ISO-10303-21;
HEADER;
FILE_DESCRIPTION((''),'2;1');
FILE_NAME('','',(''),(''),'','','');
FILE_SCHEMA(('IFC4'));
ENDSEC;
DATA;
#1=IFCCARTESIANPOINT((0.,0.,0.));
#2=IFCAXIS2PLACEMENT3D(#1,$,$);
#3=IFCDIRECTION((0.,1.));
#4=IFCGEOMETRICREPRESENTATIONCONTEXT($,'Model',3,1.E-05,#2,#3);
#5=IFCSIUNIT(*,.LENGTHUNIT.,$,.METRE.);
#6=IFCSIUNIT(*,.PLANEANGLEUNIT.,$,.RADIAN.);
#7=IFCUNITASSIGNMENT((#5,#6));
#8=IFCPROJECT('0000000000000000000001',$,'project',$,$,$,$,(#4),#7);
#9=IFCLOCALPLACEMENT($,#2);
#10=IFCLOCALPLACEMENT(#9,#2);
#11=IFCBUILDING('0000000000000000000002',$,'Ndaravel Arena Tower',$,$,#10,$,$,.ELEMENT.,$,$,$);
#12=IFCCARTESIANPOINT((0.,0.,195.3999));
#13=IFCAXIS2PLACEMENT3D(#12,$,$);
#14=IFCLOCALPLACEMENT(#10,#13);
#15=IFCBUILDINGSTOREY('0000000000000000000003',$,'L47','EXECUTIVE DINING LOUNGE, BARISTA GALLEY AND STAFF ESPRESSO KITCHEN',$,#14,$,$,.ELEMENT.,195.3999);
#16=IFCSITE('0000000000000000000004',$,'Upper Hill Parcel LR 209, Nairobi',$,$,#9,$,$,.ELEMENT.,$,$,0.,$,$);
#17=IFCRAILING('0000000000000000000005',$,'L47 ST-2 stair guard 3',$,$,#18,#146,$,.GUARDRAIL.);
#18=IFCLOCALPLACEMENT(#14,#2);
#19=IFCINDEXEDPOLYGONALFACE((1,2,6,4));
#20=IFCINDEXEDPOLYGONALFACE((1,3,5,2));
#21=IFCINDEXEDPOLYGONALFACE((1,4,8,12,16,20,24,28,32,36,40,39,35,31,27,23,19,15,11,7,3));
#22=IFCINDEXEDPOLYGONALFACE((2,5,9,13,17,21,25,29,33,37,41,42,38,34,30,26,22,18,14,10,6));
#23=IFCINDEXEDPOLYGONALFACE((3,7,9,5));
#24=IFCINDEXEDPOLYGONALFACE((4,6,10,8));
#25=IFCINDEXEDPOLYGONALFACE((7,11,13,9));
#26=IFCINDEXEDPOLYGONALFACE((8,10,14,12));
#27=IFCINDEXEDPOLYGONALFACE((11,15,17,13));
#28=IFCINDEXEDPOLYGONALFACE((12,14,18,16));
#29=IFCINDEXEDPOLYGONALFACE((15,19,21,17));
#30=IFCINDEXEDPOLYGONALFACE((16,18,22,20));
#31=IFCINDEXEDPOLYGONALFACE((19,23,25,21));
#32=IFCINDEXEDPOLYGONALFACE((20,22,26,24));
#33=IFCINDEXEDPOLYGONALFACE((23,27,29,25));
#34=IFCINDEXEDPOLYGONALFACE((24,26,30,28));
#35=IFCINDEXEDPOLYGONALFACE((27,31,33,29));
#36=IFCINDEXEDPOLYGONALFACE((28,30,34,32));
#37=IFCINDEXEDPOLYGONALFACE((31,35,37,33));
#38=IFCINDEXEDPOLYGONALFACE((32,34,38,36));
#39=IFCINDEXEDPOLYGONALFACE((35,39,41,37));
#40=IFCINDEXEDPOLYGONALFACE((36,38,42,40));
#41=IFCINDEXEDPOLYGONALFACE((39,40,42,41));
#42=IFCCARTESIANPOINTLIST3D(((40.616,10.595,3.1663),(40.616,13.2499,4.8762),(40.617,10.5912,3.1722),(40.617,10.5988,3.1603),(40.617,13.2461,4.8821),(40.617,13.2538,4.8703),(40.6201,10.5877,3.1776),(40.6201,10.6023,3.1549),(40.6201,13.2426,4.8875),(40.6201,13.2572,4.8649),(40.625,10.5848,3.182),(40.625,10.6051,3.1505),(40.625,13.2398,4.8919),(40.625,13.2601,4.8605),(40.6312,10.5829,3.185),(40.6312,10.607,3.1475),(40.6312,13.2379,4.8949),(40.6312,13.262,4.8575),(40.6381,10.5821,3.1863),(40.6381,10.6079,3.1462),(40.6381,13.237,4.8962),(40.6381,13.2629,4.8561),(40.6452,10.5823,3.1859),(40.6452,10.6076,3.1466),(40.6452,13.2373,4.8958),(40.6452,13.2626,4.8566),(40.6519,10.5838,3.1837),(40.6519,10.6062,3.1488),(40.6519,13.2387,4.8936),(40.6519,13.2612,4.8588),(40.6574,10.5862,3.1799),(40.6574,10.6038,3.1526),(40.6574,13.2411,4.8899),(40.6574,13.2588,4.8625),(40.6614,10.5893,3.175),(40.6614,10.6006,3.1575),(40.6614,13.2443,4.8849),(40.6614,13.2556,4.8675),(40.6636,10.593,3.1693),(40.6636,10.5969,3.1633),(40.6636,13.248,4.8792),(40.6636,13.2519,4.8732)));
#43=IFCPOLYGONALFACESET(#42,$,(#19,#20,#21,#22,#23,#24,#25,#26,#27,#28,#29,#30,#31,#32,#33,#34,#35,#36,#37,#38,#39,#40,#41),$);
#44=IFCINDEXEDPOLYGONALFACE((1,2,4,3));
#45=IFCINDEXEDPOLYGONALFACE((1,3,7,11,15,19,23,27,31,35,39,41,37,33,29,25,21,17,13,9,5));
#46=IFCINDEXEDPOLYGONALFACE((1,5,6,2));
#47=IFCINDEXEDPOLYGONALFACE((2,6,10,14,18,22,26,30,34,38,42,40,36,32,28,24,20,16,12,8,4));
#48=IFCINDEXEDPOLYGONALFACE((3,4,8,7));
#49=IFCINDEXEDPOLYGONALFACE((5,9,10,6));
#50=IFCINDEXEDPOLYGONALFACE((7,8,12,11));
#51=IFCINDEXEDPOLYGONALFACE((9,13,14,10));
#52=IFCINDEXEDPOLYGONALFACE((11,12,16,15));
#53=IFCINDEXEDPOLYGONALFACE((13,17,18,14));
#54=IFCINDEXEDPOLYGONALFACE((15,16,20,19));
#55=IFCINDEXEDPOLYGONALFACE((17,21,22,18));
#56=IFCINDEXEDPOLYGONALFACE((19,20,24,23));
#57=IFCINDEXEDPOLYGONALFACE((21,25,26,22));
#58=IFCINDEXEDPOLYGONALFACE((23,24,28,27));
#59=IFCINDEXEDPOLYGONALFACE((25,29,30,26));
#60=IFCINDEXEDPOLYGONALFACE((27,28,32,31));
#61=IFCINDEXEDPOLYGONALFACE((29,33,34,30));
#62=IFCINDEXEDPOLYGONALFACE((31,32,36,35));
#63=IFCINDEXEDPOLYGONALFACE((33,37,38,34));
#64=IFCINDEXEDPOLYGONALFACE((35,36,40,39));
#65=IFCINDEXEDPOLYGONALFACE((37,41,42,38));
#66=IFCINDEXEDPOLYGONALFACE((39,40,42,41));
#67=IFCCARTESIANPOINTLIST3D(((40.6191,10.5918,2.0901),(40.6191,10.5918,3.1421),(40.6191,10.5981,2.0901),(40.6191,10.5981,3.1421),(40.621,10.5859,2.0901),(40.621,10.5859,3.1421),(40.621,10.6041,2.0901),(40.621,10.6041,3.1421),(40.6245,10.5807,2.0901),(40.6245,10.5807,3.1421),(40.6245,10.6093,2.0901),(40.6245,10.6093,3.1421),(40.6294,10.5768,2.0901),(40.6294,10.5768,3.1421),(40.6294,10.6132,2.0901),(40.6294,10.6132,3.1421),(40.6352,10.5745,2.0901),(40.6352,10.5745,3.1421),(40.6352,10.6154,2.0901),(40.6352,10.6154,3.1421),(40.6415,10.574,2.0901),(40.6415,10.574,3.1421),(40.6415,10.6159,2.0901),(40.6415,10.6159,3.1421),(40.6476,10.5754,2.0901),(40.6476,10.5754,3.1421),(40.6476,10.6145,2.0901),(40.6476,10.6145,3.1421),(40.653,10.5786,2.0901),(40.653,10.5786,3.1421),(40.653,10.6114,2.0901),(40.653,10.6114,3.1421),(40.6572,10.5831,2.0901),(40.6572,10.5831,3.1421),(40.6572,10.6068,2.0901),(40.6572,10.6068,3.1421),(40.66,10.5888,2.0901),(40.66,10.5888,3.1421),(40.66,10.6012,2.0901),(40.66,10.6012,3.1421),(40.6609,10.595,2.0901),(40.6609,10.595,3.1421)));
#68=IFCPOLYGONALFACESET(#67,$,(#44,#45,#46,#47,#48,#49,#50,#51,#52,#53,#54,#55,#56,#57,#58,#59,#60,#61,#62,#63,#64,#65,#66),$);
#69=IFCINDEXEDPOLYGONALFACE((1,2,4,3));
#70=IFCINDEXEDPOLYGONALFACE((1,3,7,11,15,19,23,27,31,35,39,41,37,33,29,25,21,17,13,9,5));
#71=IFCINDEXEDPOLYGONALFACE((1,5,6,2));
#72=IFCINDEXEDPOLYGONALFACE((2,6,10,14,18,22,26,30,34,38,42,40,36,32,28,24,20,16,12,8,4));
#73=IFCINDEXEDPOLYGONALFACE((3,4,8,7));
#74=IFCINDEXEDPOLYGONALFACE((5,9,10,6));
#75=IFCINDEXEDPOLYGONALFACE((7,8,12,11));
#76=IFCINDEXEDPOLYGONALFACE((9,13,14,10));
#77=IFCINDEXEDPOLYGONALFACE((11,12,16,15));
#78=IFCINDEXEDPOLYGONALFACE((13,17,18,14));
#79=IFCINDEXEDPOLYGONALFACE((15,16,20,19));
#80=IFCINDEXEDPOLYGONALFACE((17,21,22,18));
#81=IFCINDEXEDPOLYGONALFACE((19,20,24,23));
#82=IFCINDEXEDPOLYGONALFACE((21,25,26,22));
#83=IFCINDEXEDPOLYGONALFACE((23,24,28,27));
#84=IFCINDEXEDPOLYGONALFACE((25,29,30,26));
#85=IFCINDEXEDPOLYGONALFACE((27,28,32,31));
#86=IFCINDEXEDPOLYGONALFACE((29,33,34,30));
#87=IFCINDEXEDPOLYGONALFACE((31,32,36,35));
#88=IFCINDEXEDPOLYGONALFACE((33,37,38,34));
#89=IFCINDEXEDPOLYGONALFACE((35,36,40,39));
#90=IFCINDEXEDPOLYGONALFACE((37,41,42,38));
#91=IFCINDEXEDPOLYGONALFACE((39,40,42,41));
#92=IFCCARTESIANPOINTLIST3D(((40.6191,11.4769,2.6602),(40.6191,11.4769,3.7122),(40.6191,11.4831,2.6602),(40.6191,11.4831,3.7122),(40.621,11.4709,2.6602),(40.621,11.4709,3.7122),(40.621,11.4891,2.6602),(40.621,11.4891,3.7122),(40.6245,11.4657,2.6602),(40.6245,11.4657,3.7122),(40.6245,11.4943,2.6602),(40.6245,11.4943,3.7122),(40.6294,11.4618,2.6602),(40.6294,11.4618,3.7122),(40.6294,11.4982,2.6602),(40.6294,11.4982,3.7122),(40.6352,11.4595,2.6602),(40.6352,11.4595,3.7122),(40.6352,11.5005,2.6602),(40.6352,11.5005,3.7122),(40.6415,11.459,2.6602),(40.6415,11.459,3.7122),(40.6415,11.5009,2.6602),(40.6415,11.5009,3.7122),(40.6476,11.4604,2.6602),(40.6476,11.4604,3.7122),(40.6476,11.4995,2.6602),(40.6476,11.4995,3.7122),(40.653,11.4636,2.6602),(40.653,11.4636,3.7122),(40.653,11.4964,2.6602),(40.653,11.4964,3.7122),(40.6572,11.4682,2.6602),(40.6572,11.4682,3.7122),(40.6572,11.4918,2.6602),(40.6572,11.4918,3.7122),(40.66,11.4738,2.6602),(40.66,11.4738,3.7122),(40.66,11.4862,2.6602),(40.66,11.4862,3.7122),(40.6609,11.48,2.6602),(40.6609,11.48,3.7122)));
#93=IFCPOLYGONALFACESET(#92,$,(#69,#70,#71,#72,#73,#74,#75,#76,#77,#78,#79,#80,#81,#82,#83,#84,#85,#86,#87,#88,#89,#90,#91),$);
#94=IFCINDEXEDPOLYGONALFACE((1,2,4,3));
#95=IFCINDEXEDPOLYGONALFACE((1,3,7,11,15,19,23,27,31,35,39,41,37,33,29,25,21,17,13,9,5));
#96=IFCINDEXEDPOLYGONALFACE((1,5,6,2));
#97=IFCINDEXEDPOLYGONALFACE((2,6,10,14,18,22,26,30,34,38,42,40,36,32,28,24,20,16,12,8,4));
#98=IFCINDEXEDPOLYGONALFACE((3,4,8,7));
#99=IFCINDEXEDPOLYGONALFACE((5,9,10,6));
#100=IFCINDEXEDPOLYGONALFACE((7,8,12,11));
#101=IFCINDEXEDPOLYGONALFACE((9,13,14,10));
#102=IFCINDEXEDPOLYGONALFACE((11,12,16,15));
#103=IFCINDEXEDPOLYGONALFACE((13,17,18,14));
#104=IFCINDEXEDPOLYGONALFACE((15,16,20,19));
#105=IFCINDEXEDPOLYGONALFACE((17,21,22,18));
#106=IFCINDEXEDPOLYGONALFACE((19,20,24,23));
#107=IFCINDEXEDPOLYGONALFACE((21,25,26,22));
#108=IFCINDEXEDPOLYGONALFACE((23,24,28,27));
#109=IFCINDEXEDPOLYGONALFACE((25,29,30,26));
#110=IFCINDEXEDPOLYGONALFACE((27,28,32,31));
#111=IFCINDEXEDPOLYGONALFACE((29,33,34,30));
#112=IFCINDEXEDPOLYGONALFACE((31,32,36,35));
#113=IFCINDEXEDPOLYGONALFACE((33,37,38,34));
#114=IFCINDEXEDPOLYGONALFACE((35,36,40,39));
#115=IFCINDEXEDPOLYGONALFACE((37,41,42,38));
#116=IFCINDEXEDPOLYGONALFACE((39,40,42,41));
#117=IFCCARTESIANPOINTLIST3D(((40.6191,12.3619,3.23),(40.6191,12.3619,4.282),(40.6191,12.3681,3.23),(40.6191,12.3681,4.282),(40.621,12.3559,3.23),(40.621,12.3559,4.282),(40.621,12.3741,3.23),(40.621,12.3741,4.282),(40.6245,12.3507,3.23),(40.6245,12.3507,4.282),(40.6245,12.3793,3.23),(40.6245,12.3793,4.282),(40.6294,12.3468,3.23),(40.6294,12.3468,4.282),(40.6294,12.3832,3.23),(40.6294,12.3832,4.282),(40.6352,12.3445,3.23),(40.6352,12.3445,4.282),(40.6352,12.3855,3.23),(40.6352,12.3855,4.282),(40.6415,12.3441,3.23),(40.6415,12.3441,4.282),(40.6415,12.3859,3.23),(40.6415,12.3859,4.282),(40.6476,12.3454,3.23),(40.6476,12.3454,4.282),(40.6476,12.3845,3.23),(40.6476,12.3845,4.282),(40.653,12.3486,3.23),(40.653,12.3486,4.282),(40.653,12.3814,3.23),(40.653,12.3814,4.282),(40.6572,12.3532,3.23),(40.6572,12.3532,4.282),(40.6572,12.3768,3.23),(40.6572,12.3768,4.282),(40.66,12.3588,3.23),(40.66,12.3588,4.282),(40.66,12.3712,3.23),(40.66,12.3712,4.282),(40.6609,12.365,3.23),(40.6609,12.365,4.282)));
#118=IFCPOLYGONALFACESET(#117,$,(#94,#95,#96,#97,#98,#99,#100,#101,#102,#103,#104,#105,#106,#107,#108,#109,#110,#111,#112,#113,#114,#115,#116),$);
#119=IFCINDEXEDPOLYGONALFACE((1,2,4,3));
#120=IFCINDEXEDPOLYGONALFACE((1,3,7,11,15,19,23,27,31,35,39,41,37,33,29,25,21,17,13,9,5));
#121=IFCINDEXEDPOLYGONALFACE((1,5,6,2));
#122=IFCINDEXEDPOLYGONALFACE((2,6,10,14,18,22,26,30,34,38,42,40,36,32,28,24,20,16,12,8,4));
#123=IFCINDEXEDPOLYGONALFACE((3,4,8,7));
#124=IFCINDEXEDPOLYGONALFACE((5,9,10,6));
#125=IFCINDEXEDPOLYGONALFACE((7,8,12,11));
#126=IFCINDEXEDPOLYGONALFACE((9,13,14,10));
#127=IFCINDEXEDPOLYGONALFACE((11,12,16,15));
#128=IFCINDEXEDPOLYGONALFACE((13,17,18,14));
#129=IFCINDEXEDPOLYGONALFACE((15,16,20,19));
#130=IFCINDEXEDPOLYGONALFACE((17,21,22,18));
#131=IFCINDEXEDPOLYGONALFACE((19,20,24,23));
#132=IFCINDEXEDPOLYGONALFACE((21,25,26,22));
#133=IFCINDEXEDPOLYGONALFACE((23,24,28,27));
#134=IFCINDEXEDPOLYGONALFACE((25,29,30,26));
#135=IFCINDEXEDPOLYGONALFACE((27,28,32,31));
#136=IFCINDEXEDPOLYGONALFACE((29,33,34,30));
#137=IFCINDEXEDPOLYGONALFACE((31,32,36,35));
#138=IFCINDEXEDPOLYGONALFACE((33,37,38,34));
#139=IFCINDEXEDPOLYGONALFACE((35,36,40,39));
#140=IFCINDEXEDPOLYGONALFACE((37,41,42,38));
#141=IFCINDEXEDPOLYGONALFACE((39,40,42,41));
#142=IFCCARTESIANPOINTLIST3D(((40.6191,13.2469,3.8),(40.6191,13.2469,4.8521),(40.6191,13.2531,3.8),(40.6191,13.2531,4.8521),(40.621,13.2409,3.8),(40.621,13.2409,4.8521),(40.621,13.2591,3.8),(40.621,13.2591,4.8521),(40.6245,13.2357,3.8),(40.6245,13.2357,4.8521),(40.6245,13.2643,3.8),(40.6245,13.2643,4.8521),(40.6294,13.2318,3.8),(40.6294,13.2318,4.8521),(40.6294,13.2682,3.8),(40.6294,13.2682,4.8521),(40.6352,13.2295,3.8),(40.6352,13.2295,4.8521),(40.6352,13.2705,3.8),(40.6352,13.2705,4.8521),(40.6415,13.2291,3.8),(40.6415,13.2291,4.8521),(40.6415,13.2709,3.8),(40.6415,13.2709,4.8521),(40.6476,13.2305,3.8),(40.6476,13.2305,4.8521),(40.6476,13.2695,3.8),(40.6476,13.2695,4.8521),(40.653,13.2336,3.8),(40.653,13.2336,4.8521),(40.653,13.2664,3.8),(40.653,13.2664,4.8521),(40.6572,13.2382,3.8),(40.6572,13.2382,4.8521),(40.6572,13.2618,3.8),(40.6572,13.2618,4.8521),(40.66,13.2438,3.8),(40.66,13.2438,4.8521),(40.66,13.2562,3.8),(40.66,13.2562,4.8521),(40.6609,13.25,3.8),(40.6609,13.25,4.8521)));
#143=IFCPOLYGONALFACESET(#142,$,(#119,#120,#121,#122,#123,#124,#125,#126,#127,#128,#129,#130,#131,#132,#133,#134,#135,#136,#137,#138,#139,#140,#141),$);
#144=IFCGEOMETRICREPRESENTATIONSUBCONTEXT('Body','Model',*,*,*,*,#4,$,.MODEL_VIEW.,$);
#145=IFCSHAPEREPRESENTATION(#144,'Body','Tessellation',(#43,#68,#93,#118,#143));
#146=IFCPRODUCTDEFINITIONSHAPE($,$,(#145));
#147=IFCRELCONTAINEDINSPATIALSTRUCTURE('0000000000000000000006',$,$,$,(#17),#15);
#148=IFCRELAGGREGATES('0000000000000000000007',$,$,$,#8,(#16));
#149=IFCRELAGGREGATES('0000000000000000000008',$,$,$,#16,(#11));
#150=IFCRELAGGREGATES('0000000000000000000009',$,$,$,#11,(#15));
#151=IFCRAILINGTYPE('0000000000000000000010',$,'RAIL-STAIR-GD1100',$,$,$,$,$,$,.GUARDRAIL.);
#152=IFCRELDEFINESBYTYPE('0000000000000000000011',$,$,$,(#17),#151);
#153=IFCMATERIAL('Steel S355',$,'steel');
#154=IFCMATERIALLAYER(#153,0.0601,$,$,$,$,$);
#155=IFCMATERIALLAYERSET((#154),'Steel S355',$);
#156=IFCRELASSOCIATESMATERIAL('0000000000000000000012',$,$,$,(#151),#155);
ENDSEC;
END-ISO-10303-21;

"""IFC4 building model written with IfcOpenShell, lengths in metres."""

from ifc_helpers import new_model, si_unit, direction, frame, origin, origin_2d, place, context, subcontext, project, spatial, circle, extrude, material, layer, layer_set, type_object, element, save


model = new_model("IFC4")

# Units and contexts
model_context = context("Model", 3, precision=1e-05, world=origin(), true_north=direction((0.0, 1.0)))
body_context = subcontext(model_context, "Body", "Model", "MODEL_VIEW")
ifc_project = project(units=[si_unit("LENGTHUNIT", "METRE"), si_unit("PLANEANGLEUNIT", "RADIAN")], contexts=[model_context])

# Site, building, storey
site_placement = place(None, origin())
site = spatial("IfcSite", under=ifc_project, at=site_placement, Name="Upper Hill Parcel LR 209, Nairobi", CompositionType="ELEMENT", RefElevation=0.0)
building_placement = place(site_placement, origin())
building = spatial("IfcBuilding", under=site, at=building_placement, Name="Ndaravel Arena Tower", CompositionType="ELEMENT")
storey_placement = place(building_placement, frame((0.0, 0.0, 195.3999)))
storey = spatial("IfcBuildingStorey", under=building, at=storey_placement, Name="L47", Description="EXECUTIVE DINING LOUNGE, BARISTA GALLEY AND STAFF ESPRESSO KITCHEN", CompositionType="ELEMENT", Elevation=195.3999)

# Railing
ifc_material_1 = material(Name="Steel S355", Category="steel")
ifc_layer_1 = layer(ifc_material_1, 0.0601)
ifc_layer_set_1 = layer_set([ifc_layer_1], Name="Steel S355")
railing_type_1 = type_object("IfcRailingType", Name="RAIL-STAIR-GD1100", PredefinedType="GUARDRAIL", material=ifc_layer_set_1)
railing_1_placement = place(storey_placement, frame((40.6399, 10.595, 2.0901)))
element("IfcRailing", 1, at=railing_1_placement, inside=storey, type_object=railing_type_1, Name="L47 ST-2 stair guard 3", PredefinedType="GUARDRAIL", context=body_context, shape_type="SweptSolid", body=[
    extrude(circle(Radius=0.0239, at=origin_2d()), frame((0.0, 0.0, 1.0762), z_axis=(0.0, 0.840724, 0.541465), x_axis=(-1.0, 0.0, 0.0)), (0.0, 0.0, 1.0), 3.158),
    extrude(circle(Radius=0.021, at=origin_2d()), origin(), (0.0, 0.0, 1.0), 1.052),
    extrude(circle(Radius=0.021, at=origin_2d()), frame((0.0, 0.885, 0.5701)), (0.0, 0.0, 1.0), 1.052),
    extrude(circle(Radius=0.021, at=origin_2d()), frame((0.0, 1.77, 1.1399)), (0.0, 0.0, 1.0), 1.052),
    extrude(circle(Radius=0.021, at=origin_2d()), frame((0.0, 2.655, 1.71)), (0.0, 0.0, 1.0), 1.052),
])

save(model, "model.ifc")
